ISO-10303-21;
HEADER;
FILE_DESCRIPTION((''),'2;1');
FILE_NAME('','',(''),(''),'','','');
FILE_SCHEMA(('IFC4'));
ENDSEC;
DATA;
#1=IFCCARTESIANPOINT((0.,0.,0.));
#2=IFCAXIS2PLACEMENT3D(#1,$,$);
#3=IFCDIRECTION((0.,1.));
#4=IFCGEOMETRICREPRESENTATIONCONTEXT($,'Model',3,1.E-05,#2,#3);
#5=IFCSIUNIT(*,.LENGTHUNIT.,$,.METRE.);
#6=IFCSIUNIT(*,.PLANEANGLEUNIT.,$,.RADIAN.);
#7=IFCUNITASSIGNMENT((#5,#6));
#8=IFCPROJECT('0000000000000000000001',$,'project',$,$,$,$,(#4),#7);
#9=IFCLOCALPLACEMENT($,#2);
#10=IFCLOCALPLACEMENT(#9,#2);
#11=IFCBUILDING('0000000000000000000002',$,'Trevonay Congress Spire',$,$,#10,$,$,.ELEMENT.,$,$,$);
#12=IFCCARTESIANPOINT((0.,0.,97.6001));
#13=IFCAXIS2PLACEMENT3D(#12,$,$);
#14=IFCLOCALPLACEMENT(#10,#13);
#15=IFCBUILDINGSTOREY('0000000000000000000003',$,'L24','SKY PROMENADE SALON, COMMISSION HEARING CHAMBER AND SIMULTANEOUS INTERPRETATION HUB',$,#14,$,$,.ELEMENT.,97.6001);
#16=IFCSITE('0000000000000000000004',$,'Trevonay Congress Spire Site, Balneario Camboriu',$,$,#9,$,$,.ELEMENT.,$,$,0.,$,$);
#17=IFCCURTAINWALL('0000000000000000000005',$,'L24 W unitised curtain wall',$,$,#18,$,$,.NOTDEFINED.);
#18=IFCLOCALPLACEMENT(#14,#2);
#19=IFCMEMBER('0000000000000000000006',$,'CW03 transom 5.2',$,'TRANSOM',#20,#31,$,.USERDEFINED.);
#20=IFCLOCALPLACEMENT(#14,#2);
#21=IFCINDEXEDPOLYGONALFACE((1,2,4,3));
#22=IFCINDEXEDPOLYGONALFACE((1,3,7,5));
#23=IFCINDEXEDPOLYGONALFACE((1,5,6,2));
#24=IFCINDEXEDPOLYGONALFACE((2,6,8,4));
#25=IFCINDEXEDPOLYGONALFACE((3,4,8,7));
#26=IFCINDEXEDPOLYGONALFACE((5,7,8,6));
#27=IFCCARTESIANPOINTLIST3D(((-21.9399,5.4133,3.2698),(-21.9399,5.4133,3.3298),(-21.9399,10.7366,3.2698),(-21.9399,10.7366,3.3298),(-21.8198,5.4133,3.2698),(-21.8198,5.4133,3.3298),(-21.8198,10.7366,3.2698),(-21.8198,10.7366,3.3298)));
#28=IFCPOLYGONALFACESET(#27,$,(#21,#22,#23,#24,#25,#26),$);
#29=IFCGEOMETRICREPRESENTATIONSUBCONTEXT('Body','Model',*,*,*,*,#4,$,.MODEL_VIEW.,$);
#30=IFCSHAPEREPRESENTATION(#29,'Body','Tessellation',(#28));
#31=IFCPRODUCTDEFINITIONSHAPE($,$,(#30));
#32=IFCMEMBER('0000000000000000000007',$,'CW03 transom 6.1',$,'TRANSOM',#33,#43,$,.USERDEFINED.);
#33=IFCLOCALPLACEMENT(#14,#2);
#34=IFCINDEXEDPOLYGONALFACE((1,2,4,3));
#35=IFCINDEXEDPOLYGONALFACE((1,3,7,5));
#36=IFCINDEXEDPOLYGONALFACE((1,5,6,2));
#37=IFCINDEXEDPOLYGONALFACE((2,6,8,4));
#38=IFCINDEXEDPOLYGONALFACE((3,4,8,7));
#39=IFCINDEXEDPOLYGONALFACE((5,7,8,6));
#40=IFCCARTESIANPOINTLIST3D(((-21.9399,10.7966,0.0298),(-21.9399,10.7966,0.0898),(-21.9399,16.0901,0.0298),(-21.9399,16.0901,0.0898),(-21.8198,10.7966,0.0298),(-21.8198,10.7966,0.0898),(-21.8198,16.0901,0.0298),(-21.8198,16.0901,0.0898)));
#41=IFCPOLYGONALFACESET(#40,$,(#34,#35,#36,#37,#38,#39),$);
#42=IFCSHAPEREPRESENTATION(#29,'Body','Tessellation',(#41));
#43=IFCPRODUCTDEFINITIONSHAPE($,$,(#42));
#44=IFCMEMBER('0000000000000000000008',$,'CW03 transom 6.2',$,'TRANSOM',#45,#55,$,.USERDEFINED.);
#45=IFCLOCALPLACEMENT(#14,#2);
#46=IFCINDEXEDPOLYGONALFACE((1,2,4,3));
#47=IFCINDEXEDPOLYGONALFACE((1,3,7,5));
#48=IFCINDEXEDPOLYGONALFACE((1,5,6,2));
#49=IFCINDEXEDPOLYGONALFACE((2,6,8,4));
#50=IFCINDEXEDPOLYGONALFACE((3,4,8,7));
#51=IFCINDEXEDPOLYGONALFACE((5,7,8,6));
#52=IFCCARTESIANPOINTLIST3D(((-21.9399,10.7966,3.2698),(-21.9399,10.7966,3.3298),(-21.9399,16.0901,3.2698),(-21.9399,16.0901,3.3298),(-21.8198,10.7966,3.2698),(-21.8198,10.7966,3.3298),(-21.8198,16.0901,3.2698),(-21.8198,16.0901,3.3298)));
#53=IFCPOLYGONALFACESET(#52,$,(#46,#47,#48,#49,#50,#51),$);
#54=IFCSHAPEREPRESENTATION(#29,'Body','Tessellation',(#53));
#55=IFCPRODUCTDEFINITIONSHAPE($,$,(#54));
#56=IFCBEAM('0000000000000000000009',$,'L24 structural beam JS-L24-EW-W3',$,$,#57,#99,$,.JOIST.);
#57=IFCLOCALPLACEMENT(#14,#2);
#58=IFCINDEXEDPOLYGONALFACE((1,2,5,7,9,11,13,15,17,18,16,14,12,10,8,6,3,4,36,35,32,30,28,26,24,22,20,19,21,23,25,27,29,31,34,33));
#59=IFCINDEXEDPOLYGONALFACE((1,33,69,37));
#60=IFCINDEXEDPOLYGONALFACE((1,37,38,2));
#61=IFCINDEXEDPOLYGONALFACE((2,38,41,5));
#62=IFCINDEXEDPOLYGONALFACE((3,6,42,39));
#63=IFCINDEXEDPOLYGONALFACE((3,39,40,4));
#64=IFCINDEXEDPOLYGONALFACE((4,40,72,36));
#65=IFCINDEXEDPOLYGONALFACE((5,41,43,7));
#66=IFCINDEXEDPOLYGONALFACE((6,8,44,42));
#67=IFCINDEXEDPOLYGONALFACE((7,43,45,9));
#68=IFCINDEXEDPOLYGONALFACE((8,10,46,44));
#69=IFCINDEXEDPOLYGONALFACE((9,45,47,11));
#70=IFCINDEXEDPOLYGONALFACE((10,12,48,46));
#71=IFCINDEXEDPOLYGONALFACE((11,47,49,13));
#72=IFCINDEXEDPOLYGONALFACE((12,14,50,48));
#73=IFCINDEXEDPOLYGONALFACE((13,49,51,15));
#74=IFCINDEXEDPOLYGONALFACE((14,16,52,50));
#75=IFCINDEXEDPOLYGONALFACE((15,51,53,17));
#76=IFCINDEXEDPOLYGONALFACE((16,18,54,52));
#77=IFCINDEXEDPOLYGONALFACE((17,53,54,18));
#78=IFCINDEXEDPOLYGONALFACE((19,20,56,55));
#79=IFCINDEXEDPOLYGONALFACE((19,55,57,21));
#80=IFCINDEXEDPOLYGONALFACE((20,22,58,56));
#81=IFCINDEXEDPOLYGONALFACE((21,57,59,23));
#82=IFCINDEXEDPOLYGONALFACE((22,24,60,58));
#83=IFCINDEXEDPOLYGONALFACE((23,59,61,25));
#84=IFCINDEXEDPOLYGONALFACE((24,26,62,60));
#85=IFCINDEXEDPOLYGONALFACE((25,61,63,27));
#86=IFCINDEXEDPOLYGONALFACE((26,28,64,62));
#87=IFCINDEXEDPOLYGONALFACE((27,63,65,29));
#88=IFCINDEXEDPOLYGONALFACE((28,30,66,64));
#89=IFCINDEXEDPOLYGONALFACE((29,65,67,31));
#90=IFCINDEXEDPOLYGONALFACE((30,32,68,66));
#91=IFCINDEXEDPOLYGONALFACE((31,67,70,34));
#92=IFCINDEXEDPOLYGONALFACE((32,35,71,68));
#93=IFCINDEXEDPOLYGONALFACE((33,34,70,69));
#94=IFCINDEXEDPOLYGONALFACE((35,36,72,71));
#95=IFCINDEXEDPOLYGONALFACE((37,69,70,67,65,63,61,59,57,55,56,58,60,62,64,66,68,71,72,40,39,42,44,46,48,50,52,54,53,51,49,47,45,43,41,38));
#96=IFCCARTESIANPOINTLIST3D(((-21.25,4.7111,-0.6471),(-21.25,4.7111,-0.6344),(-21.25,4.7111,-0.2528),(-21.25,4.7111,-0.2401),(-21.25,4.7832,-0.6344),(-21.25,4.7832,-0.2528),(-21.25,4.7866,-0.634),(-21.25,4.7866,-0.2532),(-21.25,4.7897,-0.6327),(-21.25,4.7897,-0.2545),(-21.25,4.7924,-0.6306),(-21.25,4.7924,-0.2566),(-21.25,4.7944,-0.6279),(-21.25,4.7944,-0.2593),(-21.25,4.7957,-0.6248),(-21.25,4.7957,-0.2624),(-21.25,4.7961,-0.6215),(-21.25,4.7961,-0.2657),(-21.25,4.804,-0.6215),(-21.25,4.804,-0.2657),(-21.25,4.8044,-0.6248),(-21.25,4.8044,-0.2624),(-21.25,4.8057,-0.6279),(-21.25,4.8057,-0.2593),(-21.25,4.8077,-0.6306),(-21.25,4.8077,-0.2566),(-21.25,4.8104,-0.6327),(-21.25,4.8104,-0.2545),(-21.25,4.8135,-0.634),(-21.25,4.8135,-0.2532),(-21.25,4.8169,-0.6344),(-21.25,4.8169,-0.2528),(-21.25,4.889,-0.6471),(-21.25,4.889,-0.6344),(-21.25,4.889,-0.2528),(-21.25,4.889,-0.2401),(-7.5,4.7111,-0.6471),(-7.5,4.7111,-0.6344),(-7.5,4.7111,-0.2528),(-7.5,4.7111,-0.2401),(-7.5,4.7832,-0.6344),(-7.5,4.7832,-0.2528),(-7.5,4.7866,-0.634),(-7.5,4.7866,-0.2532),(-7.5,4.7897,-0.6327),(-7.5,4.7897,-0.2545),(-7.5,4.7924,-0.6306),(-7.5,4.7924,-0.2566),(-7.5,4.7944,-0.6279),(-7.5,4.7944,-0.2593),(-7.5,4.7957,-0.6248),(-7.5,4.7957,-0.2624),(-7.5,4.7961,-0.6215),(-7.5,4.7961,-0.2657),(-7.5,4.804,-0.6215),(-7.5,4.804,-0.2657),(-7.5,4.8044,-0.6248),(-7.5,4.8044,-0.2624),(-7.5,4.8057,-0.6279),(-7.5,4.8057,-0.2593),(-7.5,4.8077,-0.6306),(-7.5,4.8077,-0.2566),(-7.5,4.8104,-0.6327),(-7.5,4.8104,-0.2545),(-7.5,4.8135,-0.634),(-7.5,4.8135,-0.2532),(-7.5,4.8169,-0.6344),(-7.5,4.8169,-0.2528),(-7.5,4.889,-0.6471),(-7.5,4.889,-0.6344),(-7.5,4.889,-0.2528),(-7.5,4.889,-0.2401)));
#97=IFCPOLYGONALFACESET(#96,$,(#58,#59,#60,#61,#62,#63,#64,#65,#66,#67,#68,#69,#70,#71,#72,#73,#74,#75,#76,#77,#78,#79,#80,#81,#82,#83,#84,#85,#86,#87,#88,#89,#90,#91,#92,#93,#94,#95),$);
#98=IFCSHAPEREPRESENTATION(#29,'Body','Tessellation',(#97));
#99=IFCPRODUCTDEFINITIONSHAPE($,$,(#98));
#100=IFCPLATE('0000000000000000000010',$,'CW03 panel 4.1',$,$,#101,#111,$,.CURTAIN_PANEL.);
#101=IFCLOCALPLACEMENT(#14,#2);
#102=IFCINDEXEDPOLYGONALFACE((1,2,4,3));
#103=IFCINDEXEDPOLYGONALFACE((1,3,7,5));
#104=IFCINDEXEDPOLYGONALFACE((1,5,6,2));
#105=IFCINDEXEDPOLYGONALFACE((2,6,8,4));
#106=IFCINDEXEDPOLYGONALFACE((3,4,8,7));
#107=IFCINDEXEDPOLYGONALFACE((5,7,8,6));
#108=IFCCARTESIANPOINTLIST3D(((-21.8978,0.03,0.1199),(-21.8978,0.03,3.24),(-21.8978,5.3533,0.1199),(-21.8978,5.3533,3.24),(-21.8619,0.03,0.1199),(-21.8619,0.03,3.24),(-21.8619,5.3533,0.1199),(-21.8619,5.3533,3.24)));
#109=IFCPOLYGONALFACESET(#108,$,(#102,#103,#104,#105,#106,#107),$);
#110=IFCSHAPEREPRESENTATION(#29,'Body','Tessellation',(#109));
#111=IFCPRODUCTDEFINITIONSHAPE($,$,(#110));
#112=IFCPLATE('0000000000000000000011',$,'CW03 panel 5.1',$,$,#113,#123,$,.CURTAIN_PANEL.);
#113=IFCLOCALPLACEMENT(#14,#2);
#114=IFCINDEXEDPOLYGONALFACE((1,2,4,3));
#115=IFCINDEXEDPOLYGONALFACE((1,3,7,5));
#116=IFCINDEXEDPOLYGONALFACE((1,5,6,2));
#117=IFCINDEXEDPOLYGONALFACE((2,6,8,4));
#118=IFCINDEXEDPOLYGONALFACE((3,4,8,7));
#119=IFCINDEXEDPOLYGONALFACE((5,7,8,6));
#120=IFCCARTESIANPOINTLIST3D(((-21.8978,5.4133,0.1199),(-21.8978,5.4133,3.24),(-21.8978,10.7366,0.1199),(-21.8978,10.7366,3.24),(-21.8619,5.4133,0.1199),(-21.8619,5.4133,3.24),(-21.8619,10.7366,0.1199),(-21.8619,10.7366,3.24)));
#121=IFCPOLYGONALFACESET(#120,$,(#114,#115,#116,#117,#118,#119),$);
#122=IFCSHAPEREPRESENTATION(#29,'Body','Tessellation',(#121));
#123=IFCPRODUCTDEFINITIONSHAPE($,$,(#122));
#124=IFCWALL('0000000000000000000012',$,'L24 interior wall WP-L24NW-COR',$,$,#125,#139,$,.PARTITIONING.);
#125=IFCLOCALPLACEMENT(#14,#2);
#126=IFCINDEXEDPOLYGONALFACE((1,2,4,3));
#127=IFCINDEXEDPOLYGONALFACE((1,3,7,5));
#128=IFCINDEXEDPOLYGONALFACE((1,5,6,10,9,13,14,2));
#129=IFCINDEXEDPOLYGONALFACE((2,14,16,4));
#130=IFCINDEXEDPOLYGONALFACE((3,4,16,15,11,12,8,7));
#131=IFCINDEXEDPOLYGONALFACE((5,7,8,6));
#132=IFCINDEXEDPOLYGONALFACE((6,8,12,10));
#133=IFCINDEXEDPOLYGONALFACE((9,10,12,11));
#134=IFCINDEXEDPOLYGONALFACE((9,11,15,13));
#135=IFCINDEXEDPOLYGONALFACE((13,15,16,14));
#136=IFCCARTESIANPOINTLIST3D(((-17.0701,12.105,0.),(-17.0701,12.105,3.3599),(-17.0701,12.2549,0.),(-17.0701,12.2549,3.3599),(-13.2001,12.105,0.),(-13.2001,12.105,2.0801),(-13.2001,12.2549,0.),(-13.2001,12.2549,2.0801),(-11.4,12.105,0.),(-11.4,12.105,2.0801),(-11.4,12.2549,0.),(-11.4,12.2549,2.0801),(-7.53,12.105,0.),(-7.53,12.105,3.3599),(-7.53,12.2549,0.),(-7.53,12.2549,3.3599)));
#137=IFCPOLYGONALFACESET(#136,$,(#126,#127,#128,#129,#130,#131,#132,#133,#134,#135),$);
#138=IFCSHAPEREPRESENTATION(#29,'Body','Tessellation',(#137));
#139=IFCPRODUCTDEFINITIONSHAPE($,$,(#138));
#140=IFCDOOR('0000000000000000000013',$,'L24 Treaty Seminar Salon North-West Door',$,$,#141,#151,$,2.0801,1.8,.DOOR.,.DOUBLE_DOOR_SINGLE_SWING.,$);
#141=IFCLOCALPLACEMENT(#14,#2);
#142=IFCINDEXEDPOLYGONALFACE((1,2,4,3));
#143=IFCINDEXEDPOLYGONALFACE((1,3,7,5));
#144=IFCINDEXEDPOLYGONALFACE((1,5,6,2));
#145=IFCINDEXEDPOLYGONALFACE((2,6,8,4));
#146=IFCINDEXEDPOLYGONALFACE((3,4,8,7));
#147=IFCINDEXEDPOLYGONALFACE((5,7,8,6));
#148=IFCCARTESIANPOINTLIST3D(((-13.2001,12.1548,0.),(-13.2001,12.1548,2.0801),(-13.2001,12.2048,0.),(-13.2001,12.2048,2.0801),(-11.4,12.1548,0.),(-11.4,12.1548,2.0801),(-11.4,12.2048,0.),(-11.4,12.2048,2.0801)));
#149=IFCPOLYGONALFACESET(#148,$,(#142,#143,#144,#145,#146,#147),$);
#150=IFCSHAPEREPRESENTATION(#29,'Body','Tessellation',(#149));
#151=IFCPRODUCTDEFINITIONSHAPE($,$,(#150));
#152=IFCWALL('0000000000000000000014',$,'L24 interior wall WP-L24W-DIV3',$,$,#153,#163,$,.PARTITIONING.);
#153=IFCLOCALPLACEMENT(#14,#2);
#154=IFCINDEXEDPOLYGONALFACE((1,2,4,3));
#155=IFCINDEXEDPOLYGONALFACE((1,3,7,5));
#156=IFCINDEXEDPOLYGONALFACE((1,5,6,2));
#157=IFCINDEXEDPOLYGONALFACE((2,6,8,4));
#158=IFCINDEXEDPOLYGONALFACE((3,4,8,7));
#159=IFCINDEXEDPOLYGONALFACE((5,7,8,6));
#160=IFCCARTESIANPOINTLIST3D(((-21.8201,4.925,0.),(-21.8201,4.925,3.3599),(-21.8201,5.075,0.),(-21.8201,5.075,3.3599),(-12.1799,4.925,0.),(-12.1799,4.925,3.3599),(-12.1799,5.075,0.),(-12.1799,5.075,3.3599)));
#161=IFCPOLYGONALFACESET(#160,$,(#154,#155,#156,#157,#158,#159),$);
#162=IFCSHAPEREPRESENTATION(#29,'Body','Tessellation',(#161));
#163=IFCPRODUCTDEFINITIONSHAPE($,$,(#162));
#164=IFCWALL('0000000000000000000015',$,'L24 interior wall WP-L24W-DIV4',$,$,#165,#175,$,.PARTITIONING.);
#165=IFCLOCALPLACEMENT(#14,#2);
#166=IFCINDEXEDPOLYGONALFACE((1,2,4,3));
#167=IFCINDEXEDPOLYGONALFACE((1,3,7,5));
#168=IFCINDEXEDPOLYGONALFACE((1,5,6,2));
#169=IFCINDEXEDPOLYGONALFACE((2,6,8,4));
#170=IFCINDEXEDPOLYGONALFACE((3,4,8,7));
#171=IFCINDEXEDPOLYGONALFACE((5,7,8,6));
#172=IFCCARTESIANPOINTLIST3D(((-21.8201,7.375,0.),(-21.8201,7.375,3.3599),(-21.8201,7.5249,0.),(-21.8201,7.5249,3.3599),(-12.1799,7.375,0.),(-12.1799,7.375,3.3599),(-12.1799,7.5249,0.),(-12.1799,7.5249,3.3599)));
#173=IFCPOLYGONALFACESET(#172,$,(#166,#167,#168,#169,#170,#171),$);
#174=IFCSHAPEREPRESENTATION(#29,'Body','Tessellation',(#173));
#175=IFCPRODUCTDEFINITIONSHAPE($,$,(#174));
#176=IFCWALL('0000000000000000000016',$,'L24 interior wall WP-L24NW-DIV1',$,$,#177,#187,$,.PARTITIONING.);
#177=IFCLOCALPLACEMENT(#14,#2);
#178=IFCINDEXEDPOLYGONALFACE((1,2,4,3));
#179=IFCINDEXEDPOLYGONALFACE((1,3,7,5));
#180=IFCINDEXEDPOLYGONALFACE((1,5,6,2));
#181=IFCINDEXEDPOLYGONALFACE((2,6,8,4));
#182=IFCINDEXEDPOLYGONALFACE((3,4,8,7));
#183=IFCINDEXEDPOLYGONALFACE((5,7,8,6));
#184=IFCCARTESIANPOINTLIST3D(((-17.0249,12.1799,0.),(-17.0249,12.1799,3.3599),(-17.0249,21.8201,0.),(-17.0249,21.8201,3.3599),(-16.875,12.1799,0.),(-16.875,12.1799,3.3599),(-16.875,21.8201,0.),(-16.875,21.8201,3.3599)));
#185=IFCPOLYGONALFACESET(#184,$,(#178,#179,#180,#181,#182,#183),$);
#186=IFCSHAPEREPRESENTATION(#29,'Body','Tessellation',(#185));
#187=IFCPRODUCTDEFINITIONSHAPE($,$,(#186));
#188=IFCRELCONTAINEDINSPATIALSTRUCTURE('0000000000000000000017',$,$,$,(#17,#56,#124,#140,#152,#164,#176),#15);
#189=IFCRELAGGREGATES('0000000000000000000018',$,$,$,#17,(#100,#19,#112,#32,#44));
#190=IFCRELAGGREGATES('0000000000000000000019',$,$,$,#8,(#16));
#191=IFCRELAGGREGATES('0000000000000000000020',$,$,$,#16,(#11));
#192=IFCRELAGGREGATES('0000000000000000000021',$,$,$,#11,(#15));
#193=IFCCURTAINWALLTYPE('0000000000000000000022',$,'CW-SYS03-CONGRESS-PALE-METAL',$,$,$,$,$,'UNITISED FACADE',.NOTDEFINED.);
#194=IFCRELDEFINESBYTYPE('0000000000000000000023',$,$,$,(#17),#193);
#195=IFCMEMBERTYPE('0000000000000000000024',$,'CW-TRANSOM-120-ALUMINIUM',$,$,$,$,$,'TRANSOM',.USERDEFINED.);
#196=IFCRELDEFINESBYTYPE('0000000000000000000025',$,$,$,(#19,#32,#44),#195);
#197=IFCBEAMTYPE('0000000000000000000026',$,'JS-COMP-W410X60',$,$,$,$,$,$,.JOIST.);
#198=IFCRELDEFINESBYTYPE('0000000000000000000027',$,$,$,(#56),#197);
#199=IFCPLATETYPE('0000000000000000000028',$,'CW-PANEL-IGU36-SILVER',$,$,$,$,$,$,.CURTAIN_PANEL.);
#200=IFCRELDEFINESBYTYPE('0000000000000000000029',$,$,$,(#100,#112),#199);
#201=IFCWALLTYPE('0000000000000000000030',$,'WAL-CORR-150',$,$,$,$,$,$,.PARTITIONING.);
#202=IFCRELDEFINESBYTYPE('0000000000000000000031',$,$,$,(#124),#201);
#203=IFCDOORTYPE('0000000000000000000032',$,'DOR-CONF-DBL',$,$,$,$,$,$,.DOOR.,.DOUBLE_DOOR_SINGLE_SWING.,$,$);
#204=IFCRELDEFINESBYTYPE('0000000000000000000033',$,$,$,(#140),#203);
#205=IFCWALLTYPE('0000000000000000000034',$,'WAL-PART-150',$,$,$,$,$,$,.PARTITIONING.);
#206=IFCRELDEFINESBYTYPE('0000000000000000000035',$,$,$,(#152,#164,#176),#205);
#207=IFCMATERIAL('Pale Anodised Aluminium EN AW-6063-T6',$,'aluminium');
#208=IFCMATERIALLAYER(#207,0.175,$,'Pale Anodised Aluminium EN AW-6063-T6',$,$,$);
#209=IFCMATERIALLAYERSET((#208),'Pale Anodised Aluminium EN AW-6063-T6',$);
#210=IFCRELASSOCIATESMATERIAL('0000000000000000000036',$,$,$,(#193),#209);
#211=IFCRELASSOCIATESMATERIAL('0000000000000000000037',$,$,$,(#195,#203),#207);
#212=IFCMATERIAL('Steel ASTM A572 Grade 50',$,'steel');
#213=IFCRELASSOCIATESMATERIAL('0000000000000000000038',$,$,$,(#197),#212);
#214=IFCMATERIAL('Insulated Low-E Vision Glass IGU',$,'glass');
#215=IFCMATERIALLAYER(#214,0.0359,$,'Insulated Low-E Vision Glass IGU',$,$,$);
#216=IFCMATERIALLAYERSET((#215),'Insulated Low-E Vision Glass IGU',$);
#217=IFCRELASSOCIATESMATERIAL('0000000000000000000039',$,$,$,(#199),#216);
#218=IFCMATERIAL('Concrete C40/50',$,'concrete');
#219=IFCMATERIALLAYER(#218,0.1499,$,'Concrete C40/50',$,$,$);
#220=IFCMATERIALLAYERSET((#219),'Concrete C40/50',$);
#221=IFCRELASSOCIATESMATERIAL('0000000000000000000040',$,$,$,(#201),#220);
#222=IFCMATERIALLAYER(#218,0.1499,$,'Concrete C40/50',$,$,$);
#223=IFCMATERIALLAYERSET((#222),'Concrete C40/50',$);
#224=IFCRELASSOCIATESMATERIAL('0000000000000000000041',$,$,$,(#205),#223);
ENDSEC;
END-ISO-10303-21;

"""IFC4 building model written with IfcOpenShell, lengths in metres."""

from ifc_helpers import new_model, si_unit, direction, frame, frame_2d, origin, origin_2d, place, context, subcontext, project, spatial, rectangle, i_section, extrude, material, layer, layer_set, material_profile, profile_set, type_object, element, fill, aggregate, save


model = new_model("IFC4")

# Units and contexts
model_context = context("Model", 3, precision=1e-05, world=origin(), true_north=direction((0.0, 1.0)))
body_context = subcontext(model_context, "Body", "Model", "MODEL_VIEW")
ifc_project = project(units=[si_unit("LENGTHUNIT", "METRE"), si_unit("PLANEANGLEUNIT", "RADIAN")], contexts=[model_context])

# Site, building, storey
site_placement = place(None, origin())
site = spatial("IfcSite", under=ifc_project, at=site_placement, Name="Trevonay Congress Spire Site, Balneario Camboriu", CompositionType="ELEMENT", RefElevation=0.0)
building_placement = place(site_placement, origin())
building = spatial("IfcBuilding", under=site, at=building_placement, Name="Trevonay Congress Spire", CompositionType="ELEMENT")
storey_placement = place(building_placement, frame((0.0, 0.0, 97.6001)))
storey = spatial("IfcBuildingStorey", under=building, at=storey_placement, Name="L24", Description="SKY PROMENADE SALON, COMMISSION HEARING CHAMBER AND SIMULTANEOUS INTERPRETATION HUB", CompositionType="ELEMENT", Elevation=97.6001)

# Shared definitions
ifc_material_1 = material(Name="Steel ASTM A572 Grade 50", Category="steel")

# Curtain wall, members
ifc_material_2 = material(Name="Pale Anodised Aluminium EN AW-6063-T6", Category="aluminium")
ifc_layer_1 = layer(ifc_material_2, 0.175, Name="Pale Anodised Aluminium EN AW-6063-T6")
ifc_layer_set_1 = layer_set([ifc_layer_1], Name="Pale Anodised Aluminium EN AW-6063-T6")
curtain_wall_type = type_object("IfcCurtainWallType", Name="CW-SYS03-CONGRESS-PALE-METAL", ElementType="UNITISED FACADE", PredefinedType="NOTDEFINED", material=ifc_layer_set_1)
curtain_wall_placement = place(storey_placement, origin())
curtain_wall = element("IfcCurtainWall", 1, at=curtain_wall_placement, inside=storey, type_object=curtain_wall_type, Name="L24 W unitised curtain wall", PredefinedType="NOTDEFINED")
ifc_material_profile_1 = material_profile(ifc_material_2, rectangle(XDim=0.1201, YDim=0.0601, at=origin_2d()), Name="CW-TRANSOM-120-ALUMINIUM")
ifc_profile_set_1 = profile_set([ifc_material_profile_1], Name="Pale Anodised Aluminium EN AW-6063-T6")
member_type_1 = type_object("IfcMemberType", Name="CW-TRANSOM-120-ALUMINIUM", ElementType="TRANSOM", PredefinedType="USERDEFINED", material=ifc_profile_set_1)
member_1_placement = place(storey_placement, frame((-21.8799, 5.4133, 3.2998), z_axis=(0.0, 1.0, 0.0), x_axis=(-1.0, 0.0, 0.0)))
member_1 = element("IfcMember", 2, at=member_1_placement, type_object=member_type_1, Name="CW03 transom 5.2", ObjectType="TRANSOM", PredefinedType="USERDEFINED", context=body_context, shape_type="SweptSolid", body=[
    extrude(rectangle(XDim=0.1201, YDim=0.0601, at=origin_2d()), origin(), (0.0, 0.0, 1.0), 5.3232),
])
member_2_placement = place(storey_placement, frame((-21.8799, 10.7966, 0.0598), z_axis=(0.0, 1.0, 0.0), x_axis=(-1.0, 0.0, 0.0)))
member_2 = element("IfcMember", 3, at=member_2_placement, type_object=member_type_1, Name="CW03 transom 6.1", ObjectType="TRANSOM", PredefinedType="USERDEFINED", context=body_context, shape_type="SweptSolid", body=[
    extrude(rectangle(XDim=0.1201, YDim=0.0601, at=origin_2d()), origin(), (0.0, 0.0, 1.0), 5.2935),
])
member_3_placement = place(storey_placement, frame((-21.8799, 10.7966, 3.2998), z_axis=(0.0, 1.0, 0.0), x_axis=(-1.0, 0.0, 0.0)))
member_3 = element("IfcMember", 4, at=member_3_placement, type_object=member_type_1, Name="CW03 transom 6.2", ObjectType="TRANSOM", PredefinedType="USERDEFINED", context=body_context, shape_type="SweptSolid", body=[
    extrude(rectangle(XDim=0.1201, YDim=0.0601, at=origin_2d()), origin(), (0.0, 0.0, 1.0), 5.2935),
])

# Beam
ifc_material_profile_2 = material_profile(ifc_material_1, i_section(OverallWidth=0.178, OverallDepth=0.407, WebThickness=0.0078, FlangeThickness=0.0127, FilletRadius=0.0129, at=origin_2d()), Name="W410x60")
ifc_profile_set_2 = profile_set([ifc_material_profile_2], Name="Steel ASTM A572 Grade 50")
beam_type_1 = type_object("IfcBeamType", Name="JS-COMP-W410X60", PredefinedType="JOIST", material=ifc_profile_set_2)
beam_placement = place(storey_placement, frame((-21.25, 4.8, -0.4436), z_axis=(1.0, 0.0, 0.0), x_axis=(0.0, 1.0, 0.0)))
element("IfcBeam", 5, at=beam_placement, inside=storey, type_object=beam_type_1, Name="L24 structural beam JS-L24-EW-W3", PredefinedType="JOIST", context=body_context, shape_type="SweptSolid", body=[
    extrude(i_section(OverallWidth=0.178, OverallDepth=0.407, WebThickness=0.0078, FlangeThickness=0.0127, FilletRadius=0.0129, at=origin_2d()), origin(), (0.0, 0.0, 1.0), 13.75),
])

# Plates
ifc_material_3 = material(Name="Insulated Low-E Vision Glass IGU", Category="glass")
ifc_layer_2 = layer(ifc_material_3, 0.0359, Name="Insulated Low-E Vision Glass IGU")
ifc_layer_set_2 = layer_set([ifc_layer_2], Name="Insulated Low-E Vision Glass IGU")
plate_type = type_object("IfcPlateType", Name="CW-PANEL-IGU36-SILVER", PredefinedType="CURTAIN_PANEL", material=ifc_layer_set_2)
plate_1_placement = place(storey_placement, frame((-21.8799, 2.6917, 0.1199), z_axis=(0.0, 0.0, 1.0), x_axis=(0.0, 1.0, 0.0)))
plate_1 = element("IfcPlate", 6, at=plate_1_placement, type_object=plate_type, Name="CW03 panel 4.1", PredefinedType="CURTAIN_PANEL", context=body_context, shape_type="SweptSolid", body=[
    extrude(rectangle(XDim=5.3232, YDim=0.0359, at=origin_2d()), origin(), (0.0, 0.0, 1.0), 3.1201),
])
plate_2_placement = place(storey_placement, frame((-21.8799, 8.075, 0.1199), z_axis=(0.0, 0.0, 1.0), x_axis=(0.0, 1.0, 0.0)))
plate_2 = element("IfcPlate", 7, at=plate_2_placement, type_object=plate_type, Name="CW03 panel 5.1", PredefinedType="CURTAIN_PANEL", context=body_context, shape_type="SweptSolid", body=[
    extrude(rectangle(XDim=5.3232, YDim=0.0359, at=origin_2d()), origin(), (0.0, 0.0, 1.0), 3.1201),
])
aggregate(curtain_wall, [plate_1, member_1, plate_2, member_2, member_3])

# Wall, opening, door
ifc_material_4 = material(Name="Concrete C40/50", Category="concrete")
ifc_layer_3 = layer(ifc_material_4, 0.1499, Name="Concrete C40/50")
ifc_layer_set_3 = layer_set([ifc_layer_3], Name="Concrete C40/50")
wall_type_1 = type_object("IfcWallType", Name="WAL-CORR-150", PredefinedType="PARTITIONING", material=ifc_layer_set_3)
wall_placement = place(storey_placement, frame((-17.0701, 12.1799, 0.0), z_axis=(0.0, 0.0, 1.0), x_axis=(1.0, 0.0, 0.0)))
wall = element("IfcWall", 8, at=wall_placement, inside=storey, type_object=wall_type_1, Name="L24 interior wall WP-L24NW-COR", PredefinedType="PARTITIONING", context=body_context, shape_type="SweptSolid", body=[
    extrude(rectangle(XDim=9.54, YDim=0.1499, at=frame_2d((4.77, 0.0))), origin(), (0.0, 0.0, 1.0), 3.3599),
])
opening_placement = place(wall_placement, frame((3.8701, 0.0, 0.0)))
opening = element("IfcOpeningElement", 9, at=opening_placement, cuts=wall, PredefinedType="OPENING", context=body_context, shape_type="SweptSolid", body=[
    extrude(rectangle(XDim=1.8, YDim=2.0801, at=frame_2d((0.8999, 1.04))), frame((0.0, 0.085, 0.0), z_axis=(0.0, -1.0, 0.0), x_axis=(1.0, 0.0, 0.0)), (0.0, 0.0, 1.0), 0.1699),
])
door_type = type_object("IfcDoorType", Name="DOR-CONF-DBL", OperationType="DOUBLE_DOOR_SINGLE_SWING", PredefinedType="DOOR", material=ifc_material_2)
door_placement = place(opening_placement, origin())
door = element("IfcDoor", 10, at=door_placement, inside=storey, type_object=door_type, Name="L24 Treaty Seminar Salon North-West Door", OperationType="DOUBLE_DOOR_SINGLE_SWING", OverallHeight=2.0801, OverallWidth=1.8, PredefinedType="DOOR", context=body_context, shape_type="SweptSolid", body=[
    extrude(rectangle(XDim=1.8, YDim=2.0801, at=frame_2d((0.8999, 1.04))), frame((0.0, 0.0249, 0.0), z_axis=(0.0, -1.0, 0.0), x_axis=(1.0, 0.0, 0.0)), (0.0, 0.0, 1.0), 0.05),
])
fill(opening, door)

# Walls
ifc_layer_4 = layer(ifc_material_4, 0.1499, Name="Concrete C40/50")
ifc_layer_set_4 = layer_set([ifc_layer_4], Name="Concrete C40/50")
wall_type_2 = type_object("IfcWallType", Name="WAL-PART-150", PredefinedType="PARTITIONING", material=ifc_layer_set_4)
for number, where, z_axis, x_axis, name in (
    (11, (-21.8201, 5.0, 0.0), (0.0, 0.0, 1.0), (1.0, 0.0, 0.0), "L24 interior wall WP-L24W-DIV3"),
    (12, (-21.8201, 7.45, 0.0), (0.0, 0.0, 1.0), (1.0, 0.0, 0.0), "L24 interior wall WP-L24W-DIV4"),
    (13, (-16.95, 12.1799, 0.0), (0.0, 0.0, 1.0), (0.0, 1.0, 0.0), "L24 interior wall WP-L24NW-DIV1"),
):
    element("IfcWall", number, at=place(storey_placement, frame(where, z_axis=z_axis, x_axis=x_axis)), inside=storey, type_object=wall_type_2, Name=name, PredefinedType="PARTITIONING", context=body_context, shape_type="SweptSolid", body=[
        extrude(rectangle(XDim=9.6401, YDim=0.1499, at=frame_2d((4.8201, 0.0))), origin(), (0.0, 0.0, 1.0), 3.3599),
    ])

save(model, "model.ifc")
